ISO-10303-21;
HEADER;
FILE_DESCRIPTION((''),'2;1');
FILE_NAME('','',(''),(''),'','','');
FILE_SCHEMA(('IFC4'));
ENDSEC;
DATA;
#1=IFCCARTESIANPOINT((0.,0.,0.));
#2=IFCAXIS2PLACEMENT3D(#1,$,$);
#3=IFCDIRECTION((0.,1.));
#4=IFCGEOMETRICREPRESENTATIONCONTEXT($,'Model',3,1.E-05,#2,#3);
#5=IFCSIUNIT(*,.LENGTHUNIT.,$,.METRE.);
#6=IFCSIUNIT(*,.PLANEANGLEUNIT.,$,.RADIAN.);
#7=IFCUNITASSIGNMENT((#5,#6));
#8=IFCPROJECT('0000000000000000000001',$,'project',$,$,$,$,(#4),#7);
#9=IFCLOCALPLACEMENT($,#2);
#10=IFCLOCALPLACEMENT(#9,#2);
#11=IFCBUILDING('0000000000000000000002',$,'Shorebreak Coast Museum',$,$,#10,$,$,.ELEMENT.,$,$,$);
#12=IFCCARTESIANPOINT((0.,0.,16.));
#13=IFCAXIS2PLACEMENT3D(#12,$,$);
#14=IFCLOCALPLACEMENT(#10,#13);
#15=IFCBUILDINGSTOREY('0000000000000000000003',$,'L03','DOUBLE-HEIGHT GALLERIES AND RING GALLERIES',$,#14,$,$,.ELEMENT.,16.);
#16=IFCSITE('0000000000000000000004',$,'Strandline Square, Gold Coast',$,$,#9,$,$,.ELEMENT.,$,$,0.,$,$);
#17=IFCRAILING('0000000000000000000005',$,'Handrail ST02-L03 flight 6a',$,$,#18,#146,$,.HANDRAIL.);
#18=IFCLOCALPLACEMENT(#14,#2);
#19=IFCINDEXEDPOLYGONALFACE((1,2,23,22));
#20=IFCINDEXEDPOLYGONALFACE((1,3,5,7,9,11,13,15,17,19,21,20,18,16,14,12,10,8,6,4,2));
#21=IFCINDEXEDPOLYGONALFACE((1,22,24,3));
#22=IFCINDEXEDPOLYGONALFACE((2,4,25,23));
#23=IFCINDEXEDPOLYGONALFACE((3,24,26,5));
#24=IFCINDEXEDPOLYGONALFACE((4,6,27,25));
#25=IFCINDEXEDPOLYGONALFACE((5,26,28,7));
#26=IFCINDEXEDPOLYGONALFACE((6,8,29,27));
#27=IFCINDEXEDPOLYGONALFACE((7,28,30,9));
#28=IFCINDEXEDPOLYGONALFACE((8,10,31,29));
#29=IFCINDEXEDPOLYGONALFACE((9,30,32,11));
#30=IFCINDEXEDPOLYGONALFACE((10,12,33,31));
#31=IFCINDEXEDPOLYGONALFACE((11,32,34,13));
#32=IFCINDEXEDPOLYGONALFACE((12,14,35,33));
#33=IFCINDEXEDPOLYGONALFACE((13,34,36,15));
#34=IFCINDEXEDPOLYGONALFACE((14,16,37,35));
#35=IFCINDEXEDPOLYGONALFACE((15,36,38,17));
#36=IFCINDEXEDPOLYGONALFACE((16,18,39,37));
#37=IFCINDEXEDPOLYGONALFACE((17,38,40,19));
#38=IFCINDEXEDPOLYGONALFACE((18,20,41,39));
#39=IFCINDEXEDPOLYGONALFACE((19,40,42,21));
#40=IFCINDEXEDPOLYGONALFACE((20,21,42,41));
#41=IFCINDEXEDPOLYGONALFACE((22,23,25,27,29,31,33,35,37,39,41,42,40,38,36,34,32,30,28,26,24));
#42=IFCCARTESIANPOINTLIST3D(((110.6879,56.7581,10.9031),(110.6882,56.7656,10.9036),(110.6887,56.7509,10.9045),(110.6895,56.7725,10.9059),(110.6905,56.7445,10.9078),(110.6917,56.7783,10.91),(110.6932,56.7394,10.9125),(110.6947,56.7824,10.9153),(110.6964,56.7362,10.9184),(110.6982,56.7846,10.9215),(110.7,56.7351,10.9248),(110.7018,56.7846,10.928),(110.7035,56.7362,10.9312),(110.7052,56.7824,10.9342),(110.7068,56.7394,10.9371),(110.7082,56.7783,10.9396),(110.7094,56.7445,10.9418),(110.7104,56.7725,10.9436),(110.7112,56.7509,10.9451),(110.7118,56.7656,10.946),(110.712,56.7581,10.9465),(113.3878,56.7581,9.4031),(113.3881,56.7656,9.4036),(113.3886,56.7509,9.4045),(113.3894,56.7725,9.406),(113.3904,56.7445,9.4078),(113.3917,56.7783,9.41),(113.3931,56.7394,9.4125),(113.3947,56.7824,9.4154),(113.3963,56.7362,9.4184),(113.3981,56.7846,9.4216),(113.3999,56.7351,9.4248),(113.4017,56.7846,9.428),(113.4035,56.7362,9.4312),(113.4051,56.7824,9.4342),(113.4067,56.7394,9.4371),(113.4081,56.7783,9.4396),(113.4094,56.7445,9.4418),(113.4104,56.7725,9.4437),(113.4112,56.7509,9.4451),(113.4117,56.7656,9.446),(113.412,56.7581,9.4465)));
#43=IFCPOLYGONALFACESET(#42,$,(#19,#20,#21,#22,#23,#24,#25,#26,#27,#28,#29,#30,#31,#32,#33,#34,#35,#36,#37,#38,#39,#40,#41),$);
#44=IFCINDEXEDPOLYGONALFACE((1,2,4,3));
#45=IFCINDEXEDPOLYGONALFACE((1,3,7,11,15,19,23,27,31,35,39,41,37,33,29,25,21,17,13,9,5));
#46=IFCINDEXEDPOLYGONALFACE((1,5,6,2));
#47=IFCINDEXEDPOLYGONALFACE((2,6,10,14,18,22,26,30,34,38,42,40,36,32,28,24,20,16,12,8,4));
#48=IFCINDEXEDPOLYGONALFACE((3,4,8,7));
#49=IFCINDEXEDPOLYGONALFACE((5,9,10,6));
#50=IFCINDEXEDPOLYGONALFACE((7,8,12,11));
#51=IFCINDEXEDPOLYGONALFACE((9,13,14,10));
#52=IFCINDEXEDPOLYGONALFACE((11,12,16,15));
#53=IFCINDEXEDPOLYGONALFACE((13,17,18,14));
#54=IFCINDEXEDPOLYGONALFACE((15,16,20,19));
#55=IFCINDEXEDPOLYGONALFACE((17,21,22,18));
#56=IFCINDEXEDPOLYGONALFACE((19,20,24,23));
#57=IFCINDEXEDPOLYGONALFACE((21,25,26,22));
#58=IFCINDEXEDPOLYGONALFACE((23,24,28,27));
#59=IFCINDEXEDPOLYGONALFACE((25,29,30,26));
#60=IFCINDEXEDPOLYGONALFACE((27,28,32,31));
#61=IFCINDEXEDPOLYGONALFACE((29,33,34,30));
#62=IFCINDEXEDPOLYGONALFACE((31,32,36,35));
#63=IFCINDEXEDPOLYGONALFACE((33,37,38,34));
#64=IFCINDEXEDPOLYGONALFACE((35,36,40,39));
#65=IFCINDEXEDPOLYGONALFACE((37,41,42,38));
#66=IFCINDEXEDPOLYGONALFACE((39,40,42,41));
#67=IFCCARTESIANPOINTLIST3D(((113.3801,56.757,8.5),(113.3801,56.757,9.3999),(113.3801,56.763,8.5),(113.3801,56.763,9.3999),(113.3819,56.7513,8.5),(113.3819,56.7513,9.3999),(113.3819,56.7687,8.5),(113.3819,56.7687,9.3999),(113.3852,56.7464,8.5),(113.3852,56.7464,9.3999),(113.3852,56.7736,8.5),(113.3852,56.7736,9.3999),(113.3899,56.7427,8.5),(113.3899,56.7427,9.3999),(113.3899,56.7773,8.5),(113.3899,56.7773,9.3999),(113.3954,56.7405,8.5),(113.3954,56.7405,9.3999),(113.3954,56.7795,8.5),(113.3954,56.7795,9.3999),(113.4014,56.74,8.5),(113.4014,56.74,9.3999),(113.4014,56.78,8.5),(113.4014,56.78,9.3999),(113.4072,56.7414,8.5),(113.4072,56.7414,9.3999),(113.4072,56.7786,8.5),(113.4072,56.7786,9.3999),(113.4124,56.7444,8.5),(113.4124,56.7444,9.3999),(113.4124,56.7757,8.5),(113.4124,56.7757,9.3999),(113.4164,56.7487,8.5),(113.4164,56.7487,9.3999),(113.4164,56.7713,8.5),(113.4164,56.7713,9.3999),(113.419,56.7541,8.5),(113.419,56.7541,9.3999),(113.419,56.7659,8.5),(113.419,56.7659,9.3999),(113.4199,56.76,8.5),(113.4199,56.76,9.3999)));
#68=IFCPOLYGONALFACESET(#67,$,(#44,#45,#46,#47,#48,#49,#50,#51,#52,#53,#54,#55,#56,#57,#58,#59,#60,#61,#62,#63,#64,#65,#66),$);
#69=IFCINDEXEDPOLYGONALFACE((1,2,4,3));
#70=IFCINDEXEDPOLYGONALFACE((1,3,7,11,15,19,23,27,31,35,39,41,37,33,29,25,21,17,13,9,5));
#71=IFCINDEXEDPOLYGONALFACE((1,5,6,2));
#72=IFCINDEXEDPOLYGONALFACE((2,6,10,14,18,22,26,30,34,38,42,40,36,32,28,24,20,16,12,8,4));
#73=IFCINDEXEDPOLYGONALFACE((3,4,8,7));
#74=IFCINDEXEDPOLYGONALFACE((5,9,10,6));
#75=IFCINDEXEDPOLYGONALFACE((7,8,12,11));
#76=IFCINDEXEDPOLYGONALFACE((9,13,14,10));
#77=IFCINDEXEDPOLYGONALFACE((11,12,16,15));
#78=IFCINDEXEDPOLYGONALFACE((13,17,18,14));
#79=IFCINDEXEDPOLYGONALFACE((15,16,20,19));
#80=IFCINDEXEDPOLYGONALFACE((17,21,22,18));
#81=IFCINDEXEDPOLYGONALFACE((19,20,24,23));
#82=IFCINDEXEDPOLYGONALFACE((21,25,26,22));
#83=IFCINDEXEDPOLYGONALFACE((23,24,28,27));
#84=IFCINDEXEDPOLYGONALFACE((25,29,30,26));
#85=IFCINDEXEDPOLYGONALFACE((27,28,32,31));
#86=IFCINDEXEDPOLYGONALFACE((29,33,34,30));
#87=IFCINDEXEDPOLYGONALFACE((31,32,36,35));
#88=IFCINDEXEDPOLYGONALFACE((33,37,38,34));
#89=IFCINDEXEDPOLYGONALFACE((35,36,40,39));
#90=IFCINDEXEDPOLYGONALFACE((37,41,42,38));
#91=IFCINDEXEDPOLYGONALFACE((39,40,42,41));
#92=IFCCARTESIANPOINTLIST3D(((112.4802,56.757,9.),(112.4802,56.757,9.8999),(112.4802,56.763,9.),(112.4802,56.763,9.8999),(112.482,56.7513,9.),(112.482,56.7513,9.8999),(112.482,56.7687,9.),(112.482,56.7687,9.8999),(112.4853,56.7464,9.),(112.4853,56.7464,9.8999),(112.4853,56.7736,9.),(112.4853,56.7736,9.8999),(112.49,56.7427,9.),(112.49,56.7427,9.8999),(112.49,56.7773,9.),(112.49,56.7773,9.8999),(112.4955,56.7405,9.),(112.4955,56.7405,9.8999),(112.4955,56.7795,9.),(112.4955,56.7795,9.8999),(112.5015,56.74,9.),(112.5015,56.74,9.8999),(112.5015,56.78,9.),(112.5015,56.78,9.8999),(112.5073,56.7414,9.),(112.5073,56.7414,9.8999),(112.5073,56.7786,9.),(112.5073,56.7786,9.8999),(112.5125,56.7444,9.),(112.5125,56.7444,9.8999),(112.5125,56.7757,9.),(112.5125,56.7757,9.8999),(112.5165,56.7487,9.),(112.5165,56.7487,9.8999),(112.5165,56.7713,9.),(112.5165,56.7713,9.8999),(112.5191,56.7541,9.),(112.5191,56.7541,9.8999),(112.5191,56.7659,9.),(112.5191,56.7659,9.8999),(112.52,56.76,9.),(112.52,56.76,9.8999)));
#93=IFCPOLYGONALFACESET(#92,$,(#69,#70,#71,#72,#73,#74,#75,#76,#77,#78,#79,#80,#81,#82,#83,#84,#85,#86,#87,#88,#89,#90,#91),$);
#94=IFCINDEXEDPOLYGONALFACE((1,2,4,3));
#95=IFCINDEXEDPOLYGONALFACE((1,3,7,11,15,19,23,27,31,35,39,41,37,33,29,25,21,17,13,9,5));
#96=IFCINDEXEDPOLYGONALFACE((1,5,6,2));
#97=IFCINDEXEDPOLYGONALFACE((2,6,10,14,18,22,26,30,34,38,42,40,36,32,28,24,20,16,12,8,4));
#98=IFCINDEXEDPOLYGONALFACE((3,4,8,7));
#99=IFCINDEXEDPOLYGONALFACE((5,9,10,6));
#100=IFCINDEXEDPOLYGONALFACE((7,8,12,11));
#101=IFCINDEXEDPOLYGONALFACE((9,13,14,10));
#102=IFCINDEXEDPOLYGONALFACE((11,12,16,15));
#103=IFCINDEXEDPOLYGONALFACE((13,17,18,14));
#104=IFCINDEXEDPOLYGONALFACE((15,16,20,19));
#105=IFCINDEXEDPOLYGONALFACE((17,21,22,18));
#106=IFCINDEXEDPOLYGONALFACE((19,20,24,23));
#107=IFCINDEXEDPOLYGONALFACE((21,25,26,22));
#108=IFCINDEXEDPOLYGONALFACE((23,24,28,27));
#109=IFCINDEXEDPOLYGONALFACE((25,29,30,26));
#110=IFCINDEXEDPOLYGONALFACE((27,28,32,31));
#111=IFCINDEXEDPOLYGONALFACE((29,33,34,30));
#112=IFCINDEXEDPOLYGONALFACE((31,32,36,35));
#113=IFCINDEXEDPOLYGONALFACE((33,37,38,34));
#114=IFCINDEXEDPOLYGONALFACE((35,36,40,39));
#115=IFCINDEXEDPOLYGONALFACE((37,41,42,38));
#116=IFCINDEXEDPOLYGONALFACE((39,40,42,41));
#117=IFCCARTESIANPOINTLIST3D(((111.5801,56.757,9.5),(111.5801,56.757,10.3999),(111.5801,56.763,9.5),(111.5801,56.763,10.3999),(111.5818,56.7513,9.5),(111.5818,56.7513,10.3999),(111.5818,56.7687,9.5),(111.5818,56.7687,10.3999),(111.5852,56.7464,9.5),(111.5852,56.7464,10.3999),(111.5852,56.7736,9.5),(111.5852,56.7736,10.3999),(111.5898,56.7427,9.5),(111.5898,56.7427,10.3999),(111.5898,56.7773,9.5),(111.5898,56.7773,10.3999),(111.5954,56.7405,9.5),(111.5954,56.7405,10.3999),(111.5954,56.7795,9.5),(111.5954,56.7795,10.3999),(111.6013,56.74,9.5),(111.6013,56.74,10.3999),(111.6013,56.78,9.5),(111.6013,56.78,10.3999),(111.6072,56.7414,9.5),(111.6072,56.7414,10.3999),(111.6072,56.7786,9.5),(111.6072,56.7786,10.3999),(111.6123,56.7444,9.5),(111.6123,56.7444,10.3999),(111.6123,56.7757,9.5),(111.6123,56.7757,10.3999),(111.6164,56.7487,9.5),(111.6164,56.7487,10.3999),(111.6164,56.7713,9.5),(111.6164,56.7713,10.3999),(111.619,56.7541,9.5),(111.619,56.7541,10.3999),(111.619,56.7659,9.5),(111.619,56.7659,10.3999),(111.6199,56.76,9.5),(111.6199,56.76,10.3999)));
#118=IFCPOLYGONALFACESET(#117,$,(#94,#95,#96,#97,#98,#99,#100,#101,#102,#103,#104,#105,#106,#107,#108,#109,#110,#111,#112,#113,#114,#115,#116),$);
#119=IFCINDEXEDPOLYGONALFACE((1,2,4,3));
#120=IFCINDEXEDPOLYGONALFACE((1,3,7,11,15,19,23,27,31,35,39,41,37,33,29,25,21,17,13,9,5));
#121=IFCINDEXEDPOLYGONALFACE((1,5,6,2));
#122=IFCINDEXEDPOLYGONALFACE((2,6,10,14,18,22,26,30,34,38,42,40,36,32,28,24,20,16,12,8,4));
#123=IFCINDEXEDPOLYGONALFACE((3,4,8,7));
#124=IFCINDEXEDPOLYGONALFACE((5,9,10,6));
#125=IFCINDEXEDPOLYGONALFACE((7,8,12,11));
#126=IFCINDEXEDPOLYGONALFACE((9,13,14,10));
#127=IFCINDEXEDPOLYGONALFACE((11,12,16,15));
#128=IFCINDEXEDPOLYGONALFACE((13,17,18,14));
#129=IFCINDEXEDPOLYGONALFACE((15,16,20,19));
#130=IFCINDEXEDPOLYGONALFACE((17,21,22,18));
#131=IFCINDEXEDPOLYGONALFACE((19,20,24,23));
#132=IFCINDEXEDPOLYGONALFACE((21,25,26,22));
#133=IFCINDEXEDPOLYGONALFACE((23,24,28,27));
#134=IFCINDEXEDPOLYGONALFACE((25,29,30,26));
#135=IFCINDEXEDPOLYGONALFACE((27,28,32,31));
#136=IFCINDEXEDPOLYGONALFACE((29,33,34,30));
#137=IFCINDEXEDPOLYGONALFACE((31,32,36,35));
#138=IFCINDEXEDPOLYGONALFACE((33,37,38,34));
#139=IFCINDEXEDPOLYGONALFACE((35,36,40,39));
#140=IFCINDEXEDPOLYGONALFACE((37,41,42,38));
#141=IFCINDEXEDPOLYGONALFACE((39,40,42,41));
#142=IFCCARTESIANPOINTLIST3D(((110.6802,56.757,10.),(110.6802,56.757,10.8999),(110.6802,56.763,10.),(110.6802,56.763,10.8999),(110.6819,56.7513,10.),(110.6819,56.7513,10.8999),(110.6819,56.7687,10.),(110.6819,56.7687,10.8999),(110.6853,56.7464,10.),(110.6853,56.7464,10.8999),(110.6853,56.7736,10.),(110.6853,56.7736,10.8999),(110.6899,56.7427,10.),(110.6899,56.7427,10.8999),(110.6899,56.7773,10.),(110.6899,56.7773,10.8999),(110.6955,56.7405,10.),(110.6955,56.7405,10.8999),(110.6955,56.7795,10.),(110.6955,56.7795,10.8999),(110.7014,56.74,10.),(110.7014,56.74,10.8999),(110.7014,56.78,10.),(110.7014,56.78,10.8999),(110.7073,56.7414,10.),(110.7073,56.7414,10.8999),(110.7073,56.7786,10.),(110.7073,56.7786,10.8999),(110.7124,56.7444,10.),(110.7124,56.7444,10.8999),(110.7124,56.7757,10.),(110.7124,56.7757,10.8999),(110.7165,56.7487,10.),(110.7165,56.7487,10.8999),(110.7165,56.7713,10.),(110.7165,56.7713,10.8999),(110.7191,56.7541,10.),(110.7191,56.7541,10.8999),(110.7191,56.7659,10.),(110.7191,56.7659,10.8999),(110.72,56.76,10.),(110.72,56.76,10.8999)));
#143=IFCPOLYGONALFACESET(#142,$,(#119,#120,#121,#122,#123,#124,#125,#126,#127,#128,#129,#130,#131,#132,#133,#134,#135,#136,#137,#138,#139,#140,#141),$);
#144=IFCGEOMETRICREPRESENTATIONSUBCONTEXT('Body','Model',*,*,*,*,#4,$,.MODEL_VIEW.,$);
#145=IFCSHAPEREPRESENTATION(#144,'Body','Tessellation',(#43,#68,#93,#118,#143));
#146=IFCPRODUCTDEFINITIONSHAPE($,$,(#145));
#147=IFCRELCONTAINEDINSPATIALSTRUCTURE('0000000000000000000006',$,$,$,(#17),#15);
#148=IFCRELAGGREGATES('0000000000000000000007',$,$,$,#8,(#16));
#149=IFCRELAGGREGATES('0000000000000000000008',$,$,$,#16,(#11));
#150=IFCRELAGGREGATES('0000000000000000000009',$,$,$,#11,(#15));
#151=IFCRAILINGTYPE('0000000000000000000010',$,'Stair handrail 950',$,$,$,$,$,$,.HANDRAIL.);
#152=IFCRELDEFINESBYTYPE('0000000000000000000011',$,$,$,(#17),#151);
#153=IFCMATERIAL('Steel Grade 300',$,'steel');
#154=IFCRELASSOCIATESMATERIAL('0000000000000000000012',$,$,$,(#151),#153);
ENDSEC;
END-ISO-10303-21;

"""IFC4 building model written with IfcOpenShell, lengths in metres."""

from ifc_helpers import new_model, si_unit, direction, frame, origin, origin_2d, place, context, subcontext, project, spatial, circle, extrude, material, type_object, element, save


model = new_model("IFC4")

# Units and contexts
model_context = context("Model", 3, precision=1e-05, world=origin(), true_north=direction((0.0, 1.0)))
body_context = subcontext(model_context, "Body", "Model", "MODEL_VIEW")
ifc_project = project(units=[si_unit("LENGTHUNIT", "METRE"), si_unit("PLANEANGLEUNIT", "RADIAN")], contexts=[model_context])

# Site, building, storey
site_placement = place(None, origin())
site = spatial("IfcSite", under=ifc_project, at=site_placement, Name="Strandline Square, Gold Coast", CompositionType="ELEMENT", RefElevation=0.0)
building_placement = place(site_placement, origin())
building = spatial("IfcBuilding", under=site, at=building_placement, Name="Shorebreak Coast Museum", CompositionType="ELEMENT")
storey_placement = place(building_placement, frame((0.0, 0.0, 16.0)))
storey = spatial("IfcBuildingStorey", under=building, at=storey_placement, Name="L03", Description="DOUBLE-HEIGHT GALLERIES AND RING GALLERIES", CompositionType="ELEMENT", Elevation=16.0)

# Railing
ifc_material_1 = material(Name="Steel Grade 300", Category="steel")
railing_type_1 = type_object("IfcRailingType", Name="Stair handrail 950", PredefinedType="HANDRAIL", material=ifc_material_1)
for number, where, name in (
    (1, (113.3999, 56.76, 8.5), "Handrail ST02-L03 flight 6a"),
):
    element("IfcRailing", number, at=place(storey_placement, frame(where)), inside=storey, type_object=railing_type_1, Name=name, PredefinedType="HANDRAIL", context=body_context, shape_type="SweptSolid", body=[
        extrude(circle(Radius=0.0249, at=origin_2d()), frame((0.0, 0.0, 0.9248), z_axis=(-0.874154, 0.0, 0.48565), x_axis=(0.0, -1.0, 0.0)), (0.0, 0.0, 1.0), 3.0886),
        extrude(circle(Radius=0.02, at=origin_2d()), origin(), (0.0, 0.0, 1.0), 0.8999),
        extrude(circle(Radius=0.02, at=origin_2d()), frame((-0.8999, 0.0, 0.5)), (0.0, 0.0, 1.0), 0.8999),
        extrude(circle(Radius=0.02, at=origin_2d()), frame((-1.8, 0.0, 1.0)), (0.0, 0.0, 1.0), 0.8999),
        extrude(circle(Radius=0.02, at=origin_2d()), frame((-2.7, 0.0, 1.5)), (0.0, 0.0, 1.0), 0.8999),
    ])

save(model, "model.ifc")
